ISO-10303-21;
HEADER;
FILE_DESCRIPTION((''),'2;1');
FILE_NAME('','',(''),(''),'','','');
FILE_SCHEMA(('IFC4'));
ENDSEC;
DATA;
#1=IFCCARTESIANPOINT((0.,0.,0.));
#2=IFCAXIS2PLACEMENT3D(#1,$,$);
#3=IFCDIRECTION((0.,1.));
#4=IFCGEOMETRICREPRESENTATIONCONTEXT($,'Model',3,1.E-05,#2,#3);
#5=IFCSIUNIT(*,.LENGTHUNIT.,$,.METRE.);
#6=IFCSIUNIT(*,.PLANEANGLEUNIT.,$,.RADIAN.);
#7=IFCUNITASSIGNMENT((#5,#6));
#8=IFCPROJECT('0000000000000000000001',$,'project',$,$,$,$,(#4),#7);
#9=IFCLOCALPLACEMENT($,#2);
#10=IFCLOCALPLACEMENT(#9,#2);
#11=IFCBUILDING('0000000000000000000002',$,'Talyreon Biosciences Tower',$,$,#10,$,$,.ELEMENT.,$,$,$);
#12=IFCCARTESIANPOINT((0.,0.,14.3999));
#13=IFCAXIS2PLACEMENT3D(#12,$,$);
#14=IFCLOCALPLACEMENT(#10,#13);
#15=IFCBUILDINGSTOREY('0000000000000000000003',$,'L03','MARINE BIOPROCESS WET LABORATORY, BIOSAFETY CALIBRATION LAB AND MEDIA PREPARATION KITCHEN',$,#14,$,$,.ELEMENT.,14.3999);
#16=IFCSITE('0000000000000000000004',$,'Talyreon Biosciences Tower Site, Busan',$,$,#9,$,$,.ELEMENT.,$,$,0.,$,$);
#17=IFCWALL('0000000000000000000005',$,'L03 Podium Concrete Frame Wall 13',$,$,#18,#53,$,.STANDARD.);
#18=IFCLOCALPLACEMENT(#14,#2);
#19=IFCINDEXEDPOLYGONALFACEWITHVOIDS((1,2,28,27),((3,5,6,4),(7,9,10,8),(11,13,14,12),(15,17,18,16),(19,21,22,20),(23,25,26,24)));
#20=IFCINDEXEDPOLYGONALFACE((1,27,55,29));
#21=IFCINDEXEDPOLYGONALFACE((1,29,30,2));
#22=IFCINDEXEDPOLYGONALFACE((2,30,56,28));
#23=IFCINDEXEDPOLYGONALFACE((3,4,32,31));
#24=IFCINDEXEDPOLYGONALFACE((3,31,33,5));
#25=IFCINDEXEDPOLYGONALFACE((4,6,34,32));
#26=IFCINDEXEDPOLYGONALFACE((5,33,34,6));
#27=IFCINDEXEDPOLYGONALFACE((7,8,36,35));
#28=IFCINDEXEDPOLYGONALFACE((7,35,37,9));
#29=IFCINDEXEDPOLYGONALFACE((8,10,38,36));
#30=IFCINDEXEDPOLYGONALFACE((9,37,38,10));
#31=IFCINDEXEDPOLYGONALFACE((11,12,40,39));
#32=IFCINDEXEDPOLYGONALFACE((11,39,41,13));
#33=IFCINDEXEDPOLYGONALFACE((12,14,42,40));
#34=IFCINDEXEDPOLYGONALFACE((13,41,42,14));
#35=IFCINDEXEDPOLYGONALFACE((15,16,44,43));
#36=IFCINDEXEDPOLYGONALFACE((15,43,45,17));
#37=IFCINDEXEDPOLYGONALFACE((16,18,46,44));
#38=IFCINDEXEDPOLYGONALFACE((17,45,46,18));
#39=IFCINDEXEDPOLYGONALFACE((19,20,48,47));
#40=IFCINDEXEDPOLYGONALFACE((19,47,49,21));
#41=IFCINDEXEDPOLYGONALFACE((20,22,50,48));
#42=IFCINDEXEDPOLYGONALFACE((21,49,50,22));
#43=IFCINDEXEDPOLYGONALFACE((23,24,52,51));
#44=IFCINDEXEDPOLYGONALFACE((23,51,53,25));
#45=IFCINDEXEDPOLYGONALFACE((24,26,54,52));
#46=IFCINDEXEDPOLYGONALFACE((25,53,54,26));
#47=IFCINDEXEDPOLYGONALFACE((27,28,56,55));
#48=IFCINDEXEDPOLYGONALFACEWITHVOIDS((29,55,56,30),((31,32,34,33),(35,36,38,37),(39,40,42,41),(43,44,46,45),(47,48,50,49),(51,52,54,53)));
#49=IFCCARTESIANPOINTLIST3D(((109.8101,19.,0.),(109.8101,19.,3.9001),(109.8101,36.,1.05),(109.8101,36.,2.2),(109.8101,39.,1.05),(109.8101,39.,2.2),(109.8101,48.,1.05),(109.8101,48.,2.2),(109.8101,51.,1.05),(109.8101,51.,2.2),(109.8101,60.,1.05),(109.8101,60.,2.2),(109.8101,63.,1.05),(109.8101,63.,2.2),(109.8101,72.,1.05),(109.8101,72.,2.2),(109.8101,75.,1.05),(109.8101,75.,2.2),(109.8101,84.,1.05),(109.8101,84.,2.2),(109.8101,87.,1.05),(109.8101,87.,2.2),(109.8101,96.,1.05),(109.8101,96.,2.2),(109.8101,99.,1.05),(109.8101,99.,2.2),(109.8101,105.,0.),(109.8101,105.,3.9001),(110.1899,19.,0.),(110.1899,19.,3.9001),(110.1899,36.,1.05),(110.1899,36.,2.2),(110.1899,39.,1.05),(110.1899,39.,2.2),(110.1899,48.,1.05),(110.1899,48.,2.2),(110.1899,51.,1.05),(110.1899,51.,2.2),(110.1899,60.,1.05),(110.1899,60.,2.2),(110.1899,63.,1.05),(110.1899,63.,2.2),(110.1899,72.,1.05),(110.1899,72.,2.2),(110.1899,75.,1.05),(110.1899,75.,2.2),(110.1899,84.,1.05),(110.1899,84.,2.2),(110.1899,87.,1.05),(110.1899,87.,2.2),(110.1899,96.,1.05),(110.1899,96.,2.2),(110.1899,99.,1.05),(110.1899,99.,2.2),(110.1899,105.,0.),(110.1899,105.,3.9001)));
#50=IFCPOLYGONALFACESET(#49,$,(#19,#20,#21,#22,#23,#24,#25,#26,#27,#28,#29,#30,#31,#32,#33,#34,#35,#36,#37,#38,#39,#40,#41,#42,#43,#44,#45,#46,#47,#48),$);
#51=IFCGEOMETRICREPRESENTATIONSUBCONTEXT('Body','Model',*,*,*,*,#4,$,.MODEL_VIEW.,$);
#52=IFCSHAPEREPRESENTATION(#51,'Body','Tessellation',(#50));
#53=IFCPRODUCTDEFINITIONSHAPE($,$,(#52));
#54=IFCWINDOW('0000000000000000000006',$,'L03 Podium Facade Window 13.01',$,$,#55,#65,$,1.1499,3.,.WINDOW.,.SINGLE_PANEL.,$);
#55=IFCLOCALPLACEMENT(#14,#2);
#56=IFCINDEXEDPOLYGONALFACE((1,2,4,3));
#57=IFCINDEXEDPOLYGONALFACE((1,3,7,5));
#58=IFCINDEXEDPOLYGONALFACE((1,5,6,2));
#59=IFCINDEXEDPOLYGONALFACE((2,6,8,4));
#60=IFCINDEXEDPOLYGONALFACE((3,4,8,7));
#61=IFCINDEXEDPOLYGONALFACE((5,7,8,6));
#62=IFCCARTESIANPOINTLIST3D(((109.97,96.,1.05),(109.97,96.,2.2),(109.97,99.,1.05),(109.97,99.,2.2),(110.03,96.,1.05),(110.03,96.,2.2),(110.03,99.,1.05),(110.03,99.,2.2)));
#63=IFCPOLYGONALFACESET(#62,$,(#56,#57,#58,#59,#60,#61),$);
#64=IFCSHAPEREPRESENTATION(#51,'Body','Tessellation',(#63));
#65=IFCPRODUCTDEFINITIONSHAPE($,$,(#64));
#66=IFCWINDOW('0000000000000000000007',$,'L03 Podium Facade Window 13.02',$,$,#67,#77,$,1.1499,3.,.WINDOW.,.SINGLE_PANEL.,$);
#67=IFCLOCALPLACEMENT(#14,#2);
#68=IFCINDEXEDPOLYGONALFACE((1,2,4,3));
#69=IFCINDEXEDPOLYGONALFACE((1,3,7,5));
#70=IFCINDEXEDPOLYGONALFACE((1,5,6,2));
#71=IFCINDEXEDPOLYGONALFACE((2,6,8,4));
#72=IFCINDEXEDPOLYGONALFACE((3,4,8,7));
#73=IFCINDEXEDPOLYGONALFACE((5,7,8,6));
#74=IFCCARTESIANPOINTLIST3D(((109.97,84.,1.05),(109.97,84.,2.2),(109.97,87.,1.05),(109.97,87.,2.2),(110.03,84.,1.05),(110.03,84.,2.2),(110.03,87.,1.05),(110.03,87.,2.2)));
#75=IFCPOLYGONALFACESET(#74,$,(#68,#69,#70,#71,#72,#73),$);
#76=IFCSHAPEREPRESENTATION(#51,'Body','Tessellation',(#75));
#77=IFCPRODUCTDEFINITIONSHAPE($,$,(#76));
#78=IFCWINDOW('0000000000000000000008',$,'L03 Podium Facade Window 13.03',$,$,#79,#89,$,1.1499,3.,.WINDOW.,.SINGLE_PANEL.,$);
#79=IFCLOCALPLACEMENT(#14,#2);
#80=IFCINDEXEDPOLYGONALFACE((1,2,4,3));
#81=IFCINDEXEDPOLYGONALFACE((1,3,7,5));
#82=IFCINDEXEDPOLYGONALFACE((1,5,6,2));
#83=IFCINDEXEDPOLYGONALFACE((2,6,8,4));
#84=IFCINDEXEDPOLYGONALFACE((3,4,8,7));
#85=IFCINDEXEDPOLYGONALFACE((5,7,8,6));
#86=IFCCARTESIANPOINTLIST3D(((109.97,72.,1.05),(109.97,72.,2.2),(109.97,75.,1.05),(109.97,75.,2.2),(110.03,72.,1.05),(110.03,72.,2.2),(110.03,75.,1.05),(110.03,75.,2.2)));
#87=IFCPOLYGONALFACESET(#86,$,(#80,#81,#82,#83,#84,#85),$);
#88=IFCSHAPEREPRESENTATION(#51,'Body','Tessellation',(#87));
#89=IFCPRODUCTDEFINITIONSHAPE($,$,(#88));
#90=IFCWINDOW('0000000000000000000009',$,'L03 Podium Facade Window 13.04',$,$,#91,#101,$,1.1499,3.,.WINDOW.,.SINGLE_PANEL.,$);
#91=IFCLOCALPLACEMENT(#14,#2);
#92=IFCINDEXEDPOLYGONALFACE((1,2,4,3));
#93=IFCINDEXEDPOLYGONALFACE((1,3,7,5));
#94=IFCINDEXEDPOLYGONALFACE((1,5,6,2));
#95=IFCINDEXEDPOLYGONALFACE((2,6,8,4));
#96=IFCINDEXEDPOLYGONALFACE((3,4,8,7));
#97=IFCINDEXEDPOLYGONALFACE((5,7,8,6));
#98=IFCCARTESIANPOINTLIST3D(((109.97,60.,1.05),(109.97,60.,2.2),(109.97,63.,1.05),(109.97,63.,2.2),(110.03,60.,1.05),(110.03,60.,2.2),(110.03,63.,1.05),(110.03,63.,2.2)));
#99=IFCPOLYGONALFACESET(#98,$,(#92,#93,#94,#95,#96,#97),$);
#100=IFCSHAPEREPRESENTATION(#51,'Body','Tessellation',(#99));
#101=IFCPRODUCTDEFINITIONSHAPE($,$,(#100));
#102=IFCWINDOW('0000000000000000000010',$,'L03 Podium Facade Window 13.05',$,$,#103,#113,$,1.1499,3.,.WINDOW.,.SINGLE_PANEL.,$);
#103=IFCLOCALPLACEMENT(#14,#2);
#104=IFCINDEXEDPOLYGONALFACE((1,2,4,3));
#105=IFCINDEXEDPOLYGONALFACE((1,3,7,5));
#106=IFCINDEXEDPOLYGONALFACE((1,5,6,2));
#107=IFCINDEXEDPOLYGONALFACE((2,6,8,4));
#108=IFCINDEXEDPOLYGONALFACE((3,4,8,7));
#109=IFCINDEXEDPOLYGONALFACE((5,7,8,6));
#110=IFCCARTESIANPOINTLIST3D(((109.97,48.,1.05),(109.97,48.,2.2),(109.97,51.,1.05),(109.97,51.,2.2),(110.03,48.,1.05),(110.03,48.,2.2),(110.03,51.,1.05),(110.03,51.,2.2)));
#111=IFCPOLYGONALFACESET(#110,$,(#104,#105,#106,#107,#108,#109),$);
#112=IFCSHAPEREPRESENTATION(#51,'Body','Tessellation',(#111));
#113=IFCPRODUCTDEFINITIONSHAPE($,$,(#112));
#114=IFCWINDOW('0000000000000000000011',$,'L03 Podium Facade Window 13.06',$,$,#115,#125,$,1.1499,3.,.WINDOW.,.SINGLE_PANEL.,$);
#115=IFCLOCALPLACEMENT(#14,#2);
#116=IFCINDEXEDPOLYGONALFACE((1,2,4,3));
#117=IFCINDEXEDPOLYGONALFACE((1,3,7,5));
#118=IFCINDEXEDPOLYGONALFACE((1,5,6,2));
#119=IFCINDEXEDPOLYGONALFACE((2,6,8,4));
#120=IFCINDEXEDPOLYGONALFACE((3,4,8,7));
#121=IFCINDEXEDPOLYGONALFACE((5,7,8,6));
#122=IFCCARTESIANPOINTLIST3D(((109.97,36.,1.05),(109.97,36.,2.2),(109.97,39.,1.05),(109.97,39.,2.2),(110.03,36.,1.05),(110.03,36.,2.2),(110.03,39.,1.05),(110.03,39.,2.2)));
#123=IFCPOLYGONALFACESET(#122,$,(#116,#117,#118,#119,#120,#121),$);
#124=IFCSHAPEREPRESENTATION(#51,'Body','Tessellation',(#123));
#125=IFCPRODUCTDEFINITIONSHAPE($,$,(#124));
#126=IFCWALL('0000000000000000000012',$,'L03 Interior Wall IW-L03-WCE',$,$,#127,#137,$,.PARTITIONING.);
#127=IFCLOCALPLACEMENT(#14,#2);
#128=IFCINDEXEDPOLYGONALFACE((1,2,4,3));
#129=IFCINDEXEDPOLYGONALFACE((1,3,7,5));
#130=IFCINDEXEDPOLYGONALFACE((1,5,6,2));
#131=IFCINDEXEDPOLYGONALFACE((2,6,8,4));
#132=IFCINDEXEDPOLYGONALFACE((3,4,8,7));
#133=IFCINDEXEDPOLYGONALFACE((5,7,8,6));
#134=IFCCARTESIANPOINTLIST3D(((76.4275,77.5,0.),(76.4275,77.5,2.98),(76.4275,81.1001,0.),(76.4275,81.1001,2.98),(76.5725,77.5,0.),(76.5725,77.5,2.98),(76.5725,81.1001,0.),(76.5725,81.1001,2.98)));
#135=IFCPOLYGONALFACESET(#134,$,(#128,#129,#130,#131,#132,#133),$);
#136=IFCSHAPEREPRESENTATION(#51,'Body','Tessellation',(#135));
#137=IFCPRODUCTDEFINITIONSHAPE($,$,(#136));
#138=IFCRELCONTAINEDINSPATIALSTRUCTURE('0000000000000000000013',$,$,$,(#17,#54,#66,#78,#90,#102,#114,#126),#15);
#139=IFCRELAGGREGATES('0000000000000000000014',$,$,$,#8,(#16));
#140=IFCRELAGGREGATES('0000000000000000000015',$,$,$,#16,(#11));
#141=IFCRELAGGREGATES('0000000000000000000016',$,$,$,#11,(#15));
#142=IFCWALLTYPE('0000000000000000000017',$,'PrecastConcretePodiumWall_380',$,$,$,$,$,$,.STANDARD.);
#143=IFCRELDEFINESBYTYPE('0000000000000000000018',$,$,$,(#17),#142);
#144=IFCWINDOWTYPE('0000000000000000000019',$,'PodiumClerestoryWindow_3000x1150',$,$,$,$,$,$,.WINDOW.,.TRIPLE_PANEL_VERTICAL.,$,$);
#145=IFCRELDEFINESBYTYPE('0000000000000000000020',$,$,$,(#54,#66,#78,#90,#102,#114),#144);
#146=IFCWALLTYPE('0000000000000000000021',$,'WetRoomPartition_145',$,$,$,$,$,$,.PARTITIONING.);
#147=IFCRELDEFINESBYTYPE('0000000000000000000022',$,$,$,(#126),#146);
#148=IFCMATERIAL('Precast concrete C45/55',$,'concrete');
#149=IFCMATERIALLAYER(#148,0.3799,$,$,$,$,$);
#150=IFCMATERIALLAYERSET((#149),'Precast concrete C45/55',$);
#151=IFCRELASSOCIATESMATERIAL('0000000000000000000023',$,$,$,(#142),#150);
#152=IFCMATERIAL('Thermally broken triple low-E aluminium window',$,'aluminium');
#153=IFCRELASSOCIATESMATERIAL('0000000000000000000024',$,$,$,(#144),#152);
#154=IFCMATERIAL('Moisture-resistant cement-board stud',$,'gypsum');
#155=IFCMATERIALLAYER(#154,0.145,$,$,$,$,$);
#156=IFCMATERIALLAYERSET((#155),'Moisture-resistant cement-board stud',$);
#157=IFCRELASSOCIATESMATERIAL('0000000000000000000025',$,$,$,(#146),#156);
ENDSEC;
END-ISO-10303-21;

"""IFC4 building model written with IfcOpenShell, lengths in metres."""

from ifc_helpers import new_model, si_unit, direction, frame, frame_2d, origin, place, context, subcontext, project, spatial, rectangle, extrude, material, layer, layer_set, type_object, element, fill, save


model = new_model("IFC4")

# Units and contexts
model_context = context("Model", 3, precision=1e-05, world=origin(), true_north=direction((0.0, 1.0)))
body_context = subcontext(model_context, "Body", "Model", "MODEL_VIEW")
ifc_project = project(units=[si_unit("LENGTHUNIT", "METRE"), si_unit("PLANEANGLEUNIT", "RADIAN")], contexts=[model_context])

# Site, building, storey
site_placement = place(None, origin())
site = spatial("IfcSite", under=ifc_project, at=site_placement, Name="Talyreon Biosciences Tower Site, Busan", CompositionType="ELEMENT", RefElevation=0.0)
building_placement = place(site_placement, origin())
building = spatial("IfcBuilding", under=site, at=building_placement, Name="Talyreon Biosciences Tower", CompositionType="ELEMENT")
storey_placement = place(building_placement, frame((0.0, 0.0, 14.3999)))
storey = spatial("IfcBuildingStorey", under=building, at=storey_placement, Name="L03", Description="MARINE BIOPROCESS WET LABORATORY, BIOSAFETY CALIBRATION LAB AND MEDIA PREPARATION KITCHEN", CompositionType="ELEMENT", Elevation=14.3999)

# Shared definitions
ifc_material_1 = material(Name="Precast concrete C45/55", Category="concrete")
ifc_layer_1 = layer(ifc_material_1, 0.3799)
ifc_layer_set_1 = layer_set([ifc_layer_1], Name="Precast concrete C45/55")
wall_type_1 = type_object("IfcWallType", Name="PrecastConcretePodiumWall_380", PredefinedType="STANDARD", material=ifc_layer_set_1)

# Wall, openings, windows
wall_1_placement = place(storey_placement, frame((110.0, 105.0, 0.0), z_axis=(0.0, 0.0, 1.0), x_axis=(0.0, -1.0, 0.0)))
wall_1 = element("IfcWall", 1, at=wall_1_placement, inside=storey, type_object=wall_type_1, Name="L03 Podium Concrete Frame Wall 13", PredefinedType="STANDARD", context=body_context, shape_type="SweptSolid", body=[
    extrude(rectangle(XDim=86.0, YDim=0.3799, at=frame_2d((43.0, 0.0))), origin(), (0.0, 0.0, 1.0), 3.9001),
])
opening_1_placement = place(wall_1_placement, frame((6.0, 0.0, 1.05)))
opening_1 = element("IfcOpeningElement", 2, at=opening_1_placement, cuts=wall_1, PredefinedType="OPENING", context=body_context, shape_type="SweptSolid", body=[
    extrude(rectangle(XDim=3.0, YDim=1.1499, at=frame_2d((1.5, 0.575))), frame((0.0, 0.2, 0.0), z_axis=(0.0, -1.0, 0.0), x_axis=(1.0, 0.0, 0.0)), (0.0, 0.0, 1.0), 0.3999),
])
opening_2_placement = place(wall_1_placement, frame((18.0, 0.0, 1.05)))
opening_2 = element("IfcOpeningElement", 3, at=opening_2_placement, cuts=wall_1, PredefinedType="OPENING", context=body_context, shape_type="SweptSolid", body=[
    extrude(rectangle(XDim=3.0, YDim=1.1499, at=frame_2d((1.5, 0.575))), frame((0.0, 0.2, 0.0), z_axis=(0.0, -1.0, 0.0), x_axis=(1.0, 0.0, 0.0)), (0.0, 0.0, 1.0), 0.3999),
])
opening_3_placement = place(wall_1_placement, frame((30.0, 0.0, 1.05)))
opening_3 = element("IfcOpeningElement", 4, at=opening_3_placement, cuts=wall_1, PredefinedType="OPENING", context=body_context, shape_type="SweptSolid", body=[
    extrude(rectangle(XDim=3.0, YDim=1.1499, at=frame_2d((1.5, 0.575))), frame((0.0, 0.2, 0.0), z_axis=(0.0, -1.0, 0.0), x_axis=(1.0, 0.0, 0.0)), (0.0, 0.0, 1.0), 0.3999),
])
opening_4_placement = place(wall_1_placement, frame((42.0, 0.0, 1.05)))
opening_4 = element("IfcOpeningElement", 5, at=opening_4_placement, cuts=wall_1, PredefinedType="OPENING", context=body_context, shape_type="SweptSolid", body=[
    extrude(rectangle(XDim=3.0, YDim=1.1499, at=frame_2d((1.5, 0.575))), frame((0.0, 0.2, 0.0), z_axis=(0.0, -1.0, 0.0), x_axis=(1.0, 0.0, 0.0)), (0.0, 0.0, 1.0), 0.3999),
])
opening_5_placement = place(wall_1_placement, frame((54.0, 0.0, 1.05)))
opening_5 = element("IfcOpeningElement", 6, at=opening_5_placement, cuts=wall_1, PredefinedType="OPENING", context=body_context, shape_type="SweptSolid", body=[
    extrude(rectangle(XDim=3.0, YDim=1.1499, at=frame_2d((1.5, 0.575))), frame((0.0, 0.2, 0.0), z_axis=(0.0, -1.0, 0.0), x_axis=(1.0, 0.0, 0.0)), (0.0, 0.0, 1.0), 0.3999),
])
opening_6_placement = place(wall_1_placement, frame((66.0, 0.0, 1.05)))
opening_6 = element("IfcOpeningElement", 7, at=opening_6_placement, cuts=wall_1, PredefinedType="OPENING", context=body_context, shape_type="SweptSolid", body=[
    extrude(rectangle(XDim=3.0, YDim=1.1499, at=frame_2d((1.5, 0.575))), frame((0.0, 0.2, 0.0), z_axis=(0.0, -1.0, 0.0), x_axis=(1.0, 0.0, 0.0)), (0.0, 0.0, 1.0), 0.3999),
])
ifc_material_2 = material(Name="Thermally broken triple low-E aluminium window", Category="aluminium")
window_type = type_object("IfcWindowType", Name="PodiumClerestoryWindow_3000x1150", PartitioningType="TRIPLE_PANEL_VERTICAL", PredefinedType="WINDOW", material=ifc_material_2)
window_1_placement = place(opening_1_placement, origin())
window_1 = element("IfcWindow", 8, at=window_1_placement, inside=storey, type_object=window_type, Name="L03 Podium Facade Window 13.01", OverallHeight=1.1499, OverallWidth=3.0, PartitioningType="SINGLE_PANEL", PredefinedType="WINDOW", context=body_context, shape_type="SweptSolid", body=[
    extrude(rectangle(XDim=3.0, YDim=1.1499, at=frame_2d((1.5, 0.575))), frame((0.0, 0.03, 0.0), z_axis=(0.0, -1.0, 0.0), x_axis=(1.0, 0.0, 0.0)), (0.0, 0.0, 1.0), 0.0601),
])
fill(opening_1, window_1)
window_2_placement = place(opening_2_placement, origin())
window_2 = element("IfcWindow", 9, at=window_2_placement, inside=storey, type_object=window_type, Name="L03 Podium Facade Window 13.02", OverallHeight=1.1499, OverallWidth=3.0, PartitioningType="SINGLE_PANEL", PredefinedType="WINDOW", context=body_context, shape_type="SweptSolid", body=[
    extrude(rectangle(XDim=3.0, YDim=1.1499, at=frame_2d((1.5, 0.575))), frame((0.0, 0.03, 0.0), z_axis=(0.0, -1.0, 0.0), x_axis=(1.0, 0.0, 0.0)), (0.0, 0.0, 1.0), 0.0601),
])
fill(opening_2, window_2)
window_3_placement = place(opening_3_placement, origin())
window_3 = element("IfcWindow", 10, at=window_3_placement, inside=storey, type_object=window_type, Name="L03 Podium Facade Window 13.03", OverallHeight=1.1499, OverallWidth=3.0, PartitioningType="SINGLE_PANEL", PredefinedType="WINDOW", context=body_context, shape_type="SweptSolid", body=[
    extrude(rectangle(XDim=3.0, YDim=1.1499, at=frame_2d((1.5, 0.575))), frame((0.0, 0.03, 0.0), z_axis=(0.0, -1.0, 0.0), x_axis=(1.0, 0.0, 0.0)), (0.0, 0.0, 1.0), 0.0601),
])
fill(opening_3, window_3)
window_4_placement = place(opening_4_placement, origin())
window_4 = element("IfcWindow", 11, at=window_4_placement, inside=storey, type_object=window_type, Name="L03 Podium Facade Window 13.04", OverallHeight=1.1499, OverallWidth=3.0, PartitioningType="SINGLE_PANEL", PredefinedType="WINDOW", context=body_context, shape_type="SweptSolid", body=[
    extrude(rectangle(XDim=3.0, YDim=1.1499, at=frame_2d((1.5, 0.575))), frame((0.0, 0.03, 0.0), z_axis=(0.0, -1.0, 0.0), x_axis=(1.0, 0.0, 0.0)), (0.0, 0.0, 1.0), 0.0601),
])
fill(opening_4, window_4)
window_5_placement = place(opening_5_placement, origin())
window_5 = element("IfcWindow", 12, at=window_5_placement, inside=storey, type_object=window_type, Name="L03 Podium Facade Window 13.05", OverallHeight=1.1499, OverallWidth=3.0, PartitioningType="SINGLE_PANEL", PredefinedType="WINDOW", context=body_context, shape_type="SweptSolid", body=[
    extrude(rectangle(XDim=3.0, YDim=1.1499, at=frame_2d((1.5, 0.575))), frame((0.0, 0.03, 0.0), z_axis=(0.0, -1.0, 0.0), x_axis=(1.0, 0.0, 0.0)), (0.0, 0.0, 1.0), 0.0601),
])
fill(opening_5, window_5)
window_6_placement = place(opening_6_placement, origin())
window_6 = element("IfcWindow", 13, at=window_6_placement, inside=storey, type_object=window_type, Name="L03 Podium Facade Window 13.06", OverallHeight=1.1499, OverallWidth=3.0, PartitioningType="SINGLE_PANEL", PredefinedType="WINDOW", context=body_context, shape_type="SweptSolid", body=[
    extrude(rectangle(XDim=3.0, YDim=1.1499, at=frame_2d((1.5, 0.575))), frame((0.0, 0.03, 0.0), z_axis=(0.0, -1.0, 0.0), x_axis=(1.0, 0.0, 0.0)), (0.0, 0.0, 1.0), 0.0601),
])
fill(opening_6, window_6)

# Wall
ifc_material_3 = material(Name="Moisture-resistant cement-board stud", Category="gypsum")
ifc_layer_2 = layer(ifc_material_3, 0.145)
ifc_layer_set_2 = layer_set([ifc_layer_2], Name="Moisture-resistant cement-board stud")
wall_type_2 = type_object("IfcWallType", Name="WetRoomPartition_145", PredefinedType="PARTITIONING", material=ifc_layer_set_2)
wall_2_placement = place(storey_placement, frame((76.5, 77.5, 0.0), z_axis=(0.0, 0.0, 1.0), x_axis=(0.0, 1.0, 0.0)))
element("IfcWall", 14, at=wall_2_placement, inside=storey, type_object=wall_type_2, Name="L03 Interior Wall IW-L03-WCE", PredefinedType="PARTITIONING", context=body_context, shape_type="SweptSolid", body=[
    extrude(rectangle(XDim=3.6001, YDim=0.145, at=frame_2d((1.8, 0.0))), origin(), (0.0, 0.0, 1.0), 2.98),
])

save(model, "model.ifc")
